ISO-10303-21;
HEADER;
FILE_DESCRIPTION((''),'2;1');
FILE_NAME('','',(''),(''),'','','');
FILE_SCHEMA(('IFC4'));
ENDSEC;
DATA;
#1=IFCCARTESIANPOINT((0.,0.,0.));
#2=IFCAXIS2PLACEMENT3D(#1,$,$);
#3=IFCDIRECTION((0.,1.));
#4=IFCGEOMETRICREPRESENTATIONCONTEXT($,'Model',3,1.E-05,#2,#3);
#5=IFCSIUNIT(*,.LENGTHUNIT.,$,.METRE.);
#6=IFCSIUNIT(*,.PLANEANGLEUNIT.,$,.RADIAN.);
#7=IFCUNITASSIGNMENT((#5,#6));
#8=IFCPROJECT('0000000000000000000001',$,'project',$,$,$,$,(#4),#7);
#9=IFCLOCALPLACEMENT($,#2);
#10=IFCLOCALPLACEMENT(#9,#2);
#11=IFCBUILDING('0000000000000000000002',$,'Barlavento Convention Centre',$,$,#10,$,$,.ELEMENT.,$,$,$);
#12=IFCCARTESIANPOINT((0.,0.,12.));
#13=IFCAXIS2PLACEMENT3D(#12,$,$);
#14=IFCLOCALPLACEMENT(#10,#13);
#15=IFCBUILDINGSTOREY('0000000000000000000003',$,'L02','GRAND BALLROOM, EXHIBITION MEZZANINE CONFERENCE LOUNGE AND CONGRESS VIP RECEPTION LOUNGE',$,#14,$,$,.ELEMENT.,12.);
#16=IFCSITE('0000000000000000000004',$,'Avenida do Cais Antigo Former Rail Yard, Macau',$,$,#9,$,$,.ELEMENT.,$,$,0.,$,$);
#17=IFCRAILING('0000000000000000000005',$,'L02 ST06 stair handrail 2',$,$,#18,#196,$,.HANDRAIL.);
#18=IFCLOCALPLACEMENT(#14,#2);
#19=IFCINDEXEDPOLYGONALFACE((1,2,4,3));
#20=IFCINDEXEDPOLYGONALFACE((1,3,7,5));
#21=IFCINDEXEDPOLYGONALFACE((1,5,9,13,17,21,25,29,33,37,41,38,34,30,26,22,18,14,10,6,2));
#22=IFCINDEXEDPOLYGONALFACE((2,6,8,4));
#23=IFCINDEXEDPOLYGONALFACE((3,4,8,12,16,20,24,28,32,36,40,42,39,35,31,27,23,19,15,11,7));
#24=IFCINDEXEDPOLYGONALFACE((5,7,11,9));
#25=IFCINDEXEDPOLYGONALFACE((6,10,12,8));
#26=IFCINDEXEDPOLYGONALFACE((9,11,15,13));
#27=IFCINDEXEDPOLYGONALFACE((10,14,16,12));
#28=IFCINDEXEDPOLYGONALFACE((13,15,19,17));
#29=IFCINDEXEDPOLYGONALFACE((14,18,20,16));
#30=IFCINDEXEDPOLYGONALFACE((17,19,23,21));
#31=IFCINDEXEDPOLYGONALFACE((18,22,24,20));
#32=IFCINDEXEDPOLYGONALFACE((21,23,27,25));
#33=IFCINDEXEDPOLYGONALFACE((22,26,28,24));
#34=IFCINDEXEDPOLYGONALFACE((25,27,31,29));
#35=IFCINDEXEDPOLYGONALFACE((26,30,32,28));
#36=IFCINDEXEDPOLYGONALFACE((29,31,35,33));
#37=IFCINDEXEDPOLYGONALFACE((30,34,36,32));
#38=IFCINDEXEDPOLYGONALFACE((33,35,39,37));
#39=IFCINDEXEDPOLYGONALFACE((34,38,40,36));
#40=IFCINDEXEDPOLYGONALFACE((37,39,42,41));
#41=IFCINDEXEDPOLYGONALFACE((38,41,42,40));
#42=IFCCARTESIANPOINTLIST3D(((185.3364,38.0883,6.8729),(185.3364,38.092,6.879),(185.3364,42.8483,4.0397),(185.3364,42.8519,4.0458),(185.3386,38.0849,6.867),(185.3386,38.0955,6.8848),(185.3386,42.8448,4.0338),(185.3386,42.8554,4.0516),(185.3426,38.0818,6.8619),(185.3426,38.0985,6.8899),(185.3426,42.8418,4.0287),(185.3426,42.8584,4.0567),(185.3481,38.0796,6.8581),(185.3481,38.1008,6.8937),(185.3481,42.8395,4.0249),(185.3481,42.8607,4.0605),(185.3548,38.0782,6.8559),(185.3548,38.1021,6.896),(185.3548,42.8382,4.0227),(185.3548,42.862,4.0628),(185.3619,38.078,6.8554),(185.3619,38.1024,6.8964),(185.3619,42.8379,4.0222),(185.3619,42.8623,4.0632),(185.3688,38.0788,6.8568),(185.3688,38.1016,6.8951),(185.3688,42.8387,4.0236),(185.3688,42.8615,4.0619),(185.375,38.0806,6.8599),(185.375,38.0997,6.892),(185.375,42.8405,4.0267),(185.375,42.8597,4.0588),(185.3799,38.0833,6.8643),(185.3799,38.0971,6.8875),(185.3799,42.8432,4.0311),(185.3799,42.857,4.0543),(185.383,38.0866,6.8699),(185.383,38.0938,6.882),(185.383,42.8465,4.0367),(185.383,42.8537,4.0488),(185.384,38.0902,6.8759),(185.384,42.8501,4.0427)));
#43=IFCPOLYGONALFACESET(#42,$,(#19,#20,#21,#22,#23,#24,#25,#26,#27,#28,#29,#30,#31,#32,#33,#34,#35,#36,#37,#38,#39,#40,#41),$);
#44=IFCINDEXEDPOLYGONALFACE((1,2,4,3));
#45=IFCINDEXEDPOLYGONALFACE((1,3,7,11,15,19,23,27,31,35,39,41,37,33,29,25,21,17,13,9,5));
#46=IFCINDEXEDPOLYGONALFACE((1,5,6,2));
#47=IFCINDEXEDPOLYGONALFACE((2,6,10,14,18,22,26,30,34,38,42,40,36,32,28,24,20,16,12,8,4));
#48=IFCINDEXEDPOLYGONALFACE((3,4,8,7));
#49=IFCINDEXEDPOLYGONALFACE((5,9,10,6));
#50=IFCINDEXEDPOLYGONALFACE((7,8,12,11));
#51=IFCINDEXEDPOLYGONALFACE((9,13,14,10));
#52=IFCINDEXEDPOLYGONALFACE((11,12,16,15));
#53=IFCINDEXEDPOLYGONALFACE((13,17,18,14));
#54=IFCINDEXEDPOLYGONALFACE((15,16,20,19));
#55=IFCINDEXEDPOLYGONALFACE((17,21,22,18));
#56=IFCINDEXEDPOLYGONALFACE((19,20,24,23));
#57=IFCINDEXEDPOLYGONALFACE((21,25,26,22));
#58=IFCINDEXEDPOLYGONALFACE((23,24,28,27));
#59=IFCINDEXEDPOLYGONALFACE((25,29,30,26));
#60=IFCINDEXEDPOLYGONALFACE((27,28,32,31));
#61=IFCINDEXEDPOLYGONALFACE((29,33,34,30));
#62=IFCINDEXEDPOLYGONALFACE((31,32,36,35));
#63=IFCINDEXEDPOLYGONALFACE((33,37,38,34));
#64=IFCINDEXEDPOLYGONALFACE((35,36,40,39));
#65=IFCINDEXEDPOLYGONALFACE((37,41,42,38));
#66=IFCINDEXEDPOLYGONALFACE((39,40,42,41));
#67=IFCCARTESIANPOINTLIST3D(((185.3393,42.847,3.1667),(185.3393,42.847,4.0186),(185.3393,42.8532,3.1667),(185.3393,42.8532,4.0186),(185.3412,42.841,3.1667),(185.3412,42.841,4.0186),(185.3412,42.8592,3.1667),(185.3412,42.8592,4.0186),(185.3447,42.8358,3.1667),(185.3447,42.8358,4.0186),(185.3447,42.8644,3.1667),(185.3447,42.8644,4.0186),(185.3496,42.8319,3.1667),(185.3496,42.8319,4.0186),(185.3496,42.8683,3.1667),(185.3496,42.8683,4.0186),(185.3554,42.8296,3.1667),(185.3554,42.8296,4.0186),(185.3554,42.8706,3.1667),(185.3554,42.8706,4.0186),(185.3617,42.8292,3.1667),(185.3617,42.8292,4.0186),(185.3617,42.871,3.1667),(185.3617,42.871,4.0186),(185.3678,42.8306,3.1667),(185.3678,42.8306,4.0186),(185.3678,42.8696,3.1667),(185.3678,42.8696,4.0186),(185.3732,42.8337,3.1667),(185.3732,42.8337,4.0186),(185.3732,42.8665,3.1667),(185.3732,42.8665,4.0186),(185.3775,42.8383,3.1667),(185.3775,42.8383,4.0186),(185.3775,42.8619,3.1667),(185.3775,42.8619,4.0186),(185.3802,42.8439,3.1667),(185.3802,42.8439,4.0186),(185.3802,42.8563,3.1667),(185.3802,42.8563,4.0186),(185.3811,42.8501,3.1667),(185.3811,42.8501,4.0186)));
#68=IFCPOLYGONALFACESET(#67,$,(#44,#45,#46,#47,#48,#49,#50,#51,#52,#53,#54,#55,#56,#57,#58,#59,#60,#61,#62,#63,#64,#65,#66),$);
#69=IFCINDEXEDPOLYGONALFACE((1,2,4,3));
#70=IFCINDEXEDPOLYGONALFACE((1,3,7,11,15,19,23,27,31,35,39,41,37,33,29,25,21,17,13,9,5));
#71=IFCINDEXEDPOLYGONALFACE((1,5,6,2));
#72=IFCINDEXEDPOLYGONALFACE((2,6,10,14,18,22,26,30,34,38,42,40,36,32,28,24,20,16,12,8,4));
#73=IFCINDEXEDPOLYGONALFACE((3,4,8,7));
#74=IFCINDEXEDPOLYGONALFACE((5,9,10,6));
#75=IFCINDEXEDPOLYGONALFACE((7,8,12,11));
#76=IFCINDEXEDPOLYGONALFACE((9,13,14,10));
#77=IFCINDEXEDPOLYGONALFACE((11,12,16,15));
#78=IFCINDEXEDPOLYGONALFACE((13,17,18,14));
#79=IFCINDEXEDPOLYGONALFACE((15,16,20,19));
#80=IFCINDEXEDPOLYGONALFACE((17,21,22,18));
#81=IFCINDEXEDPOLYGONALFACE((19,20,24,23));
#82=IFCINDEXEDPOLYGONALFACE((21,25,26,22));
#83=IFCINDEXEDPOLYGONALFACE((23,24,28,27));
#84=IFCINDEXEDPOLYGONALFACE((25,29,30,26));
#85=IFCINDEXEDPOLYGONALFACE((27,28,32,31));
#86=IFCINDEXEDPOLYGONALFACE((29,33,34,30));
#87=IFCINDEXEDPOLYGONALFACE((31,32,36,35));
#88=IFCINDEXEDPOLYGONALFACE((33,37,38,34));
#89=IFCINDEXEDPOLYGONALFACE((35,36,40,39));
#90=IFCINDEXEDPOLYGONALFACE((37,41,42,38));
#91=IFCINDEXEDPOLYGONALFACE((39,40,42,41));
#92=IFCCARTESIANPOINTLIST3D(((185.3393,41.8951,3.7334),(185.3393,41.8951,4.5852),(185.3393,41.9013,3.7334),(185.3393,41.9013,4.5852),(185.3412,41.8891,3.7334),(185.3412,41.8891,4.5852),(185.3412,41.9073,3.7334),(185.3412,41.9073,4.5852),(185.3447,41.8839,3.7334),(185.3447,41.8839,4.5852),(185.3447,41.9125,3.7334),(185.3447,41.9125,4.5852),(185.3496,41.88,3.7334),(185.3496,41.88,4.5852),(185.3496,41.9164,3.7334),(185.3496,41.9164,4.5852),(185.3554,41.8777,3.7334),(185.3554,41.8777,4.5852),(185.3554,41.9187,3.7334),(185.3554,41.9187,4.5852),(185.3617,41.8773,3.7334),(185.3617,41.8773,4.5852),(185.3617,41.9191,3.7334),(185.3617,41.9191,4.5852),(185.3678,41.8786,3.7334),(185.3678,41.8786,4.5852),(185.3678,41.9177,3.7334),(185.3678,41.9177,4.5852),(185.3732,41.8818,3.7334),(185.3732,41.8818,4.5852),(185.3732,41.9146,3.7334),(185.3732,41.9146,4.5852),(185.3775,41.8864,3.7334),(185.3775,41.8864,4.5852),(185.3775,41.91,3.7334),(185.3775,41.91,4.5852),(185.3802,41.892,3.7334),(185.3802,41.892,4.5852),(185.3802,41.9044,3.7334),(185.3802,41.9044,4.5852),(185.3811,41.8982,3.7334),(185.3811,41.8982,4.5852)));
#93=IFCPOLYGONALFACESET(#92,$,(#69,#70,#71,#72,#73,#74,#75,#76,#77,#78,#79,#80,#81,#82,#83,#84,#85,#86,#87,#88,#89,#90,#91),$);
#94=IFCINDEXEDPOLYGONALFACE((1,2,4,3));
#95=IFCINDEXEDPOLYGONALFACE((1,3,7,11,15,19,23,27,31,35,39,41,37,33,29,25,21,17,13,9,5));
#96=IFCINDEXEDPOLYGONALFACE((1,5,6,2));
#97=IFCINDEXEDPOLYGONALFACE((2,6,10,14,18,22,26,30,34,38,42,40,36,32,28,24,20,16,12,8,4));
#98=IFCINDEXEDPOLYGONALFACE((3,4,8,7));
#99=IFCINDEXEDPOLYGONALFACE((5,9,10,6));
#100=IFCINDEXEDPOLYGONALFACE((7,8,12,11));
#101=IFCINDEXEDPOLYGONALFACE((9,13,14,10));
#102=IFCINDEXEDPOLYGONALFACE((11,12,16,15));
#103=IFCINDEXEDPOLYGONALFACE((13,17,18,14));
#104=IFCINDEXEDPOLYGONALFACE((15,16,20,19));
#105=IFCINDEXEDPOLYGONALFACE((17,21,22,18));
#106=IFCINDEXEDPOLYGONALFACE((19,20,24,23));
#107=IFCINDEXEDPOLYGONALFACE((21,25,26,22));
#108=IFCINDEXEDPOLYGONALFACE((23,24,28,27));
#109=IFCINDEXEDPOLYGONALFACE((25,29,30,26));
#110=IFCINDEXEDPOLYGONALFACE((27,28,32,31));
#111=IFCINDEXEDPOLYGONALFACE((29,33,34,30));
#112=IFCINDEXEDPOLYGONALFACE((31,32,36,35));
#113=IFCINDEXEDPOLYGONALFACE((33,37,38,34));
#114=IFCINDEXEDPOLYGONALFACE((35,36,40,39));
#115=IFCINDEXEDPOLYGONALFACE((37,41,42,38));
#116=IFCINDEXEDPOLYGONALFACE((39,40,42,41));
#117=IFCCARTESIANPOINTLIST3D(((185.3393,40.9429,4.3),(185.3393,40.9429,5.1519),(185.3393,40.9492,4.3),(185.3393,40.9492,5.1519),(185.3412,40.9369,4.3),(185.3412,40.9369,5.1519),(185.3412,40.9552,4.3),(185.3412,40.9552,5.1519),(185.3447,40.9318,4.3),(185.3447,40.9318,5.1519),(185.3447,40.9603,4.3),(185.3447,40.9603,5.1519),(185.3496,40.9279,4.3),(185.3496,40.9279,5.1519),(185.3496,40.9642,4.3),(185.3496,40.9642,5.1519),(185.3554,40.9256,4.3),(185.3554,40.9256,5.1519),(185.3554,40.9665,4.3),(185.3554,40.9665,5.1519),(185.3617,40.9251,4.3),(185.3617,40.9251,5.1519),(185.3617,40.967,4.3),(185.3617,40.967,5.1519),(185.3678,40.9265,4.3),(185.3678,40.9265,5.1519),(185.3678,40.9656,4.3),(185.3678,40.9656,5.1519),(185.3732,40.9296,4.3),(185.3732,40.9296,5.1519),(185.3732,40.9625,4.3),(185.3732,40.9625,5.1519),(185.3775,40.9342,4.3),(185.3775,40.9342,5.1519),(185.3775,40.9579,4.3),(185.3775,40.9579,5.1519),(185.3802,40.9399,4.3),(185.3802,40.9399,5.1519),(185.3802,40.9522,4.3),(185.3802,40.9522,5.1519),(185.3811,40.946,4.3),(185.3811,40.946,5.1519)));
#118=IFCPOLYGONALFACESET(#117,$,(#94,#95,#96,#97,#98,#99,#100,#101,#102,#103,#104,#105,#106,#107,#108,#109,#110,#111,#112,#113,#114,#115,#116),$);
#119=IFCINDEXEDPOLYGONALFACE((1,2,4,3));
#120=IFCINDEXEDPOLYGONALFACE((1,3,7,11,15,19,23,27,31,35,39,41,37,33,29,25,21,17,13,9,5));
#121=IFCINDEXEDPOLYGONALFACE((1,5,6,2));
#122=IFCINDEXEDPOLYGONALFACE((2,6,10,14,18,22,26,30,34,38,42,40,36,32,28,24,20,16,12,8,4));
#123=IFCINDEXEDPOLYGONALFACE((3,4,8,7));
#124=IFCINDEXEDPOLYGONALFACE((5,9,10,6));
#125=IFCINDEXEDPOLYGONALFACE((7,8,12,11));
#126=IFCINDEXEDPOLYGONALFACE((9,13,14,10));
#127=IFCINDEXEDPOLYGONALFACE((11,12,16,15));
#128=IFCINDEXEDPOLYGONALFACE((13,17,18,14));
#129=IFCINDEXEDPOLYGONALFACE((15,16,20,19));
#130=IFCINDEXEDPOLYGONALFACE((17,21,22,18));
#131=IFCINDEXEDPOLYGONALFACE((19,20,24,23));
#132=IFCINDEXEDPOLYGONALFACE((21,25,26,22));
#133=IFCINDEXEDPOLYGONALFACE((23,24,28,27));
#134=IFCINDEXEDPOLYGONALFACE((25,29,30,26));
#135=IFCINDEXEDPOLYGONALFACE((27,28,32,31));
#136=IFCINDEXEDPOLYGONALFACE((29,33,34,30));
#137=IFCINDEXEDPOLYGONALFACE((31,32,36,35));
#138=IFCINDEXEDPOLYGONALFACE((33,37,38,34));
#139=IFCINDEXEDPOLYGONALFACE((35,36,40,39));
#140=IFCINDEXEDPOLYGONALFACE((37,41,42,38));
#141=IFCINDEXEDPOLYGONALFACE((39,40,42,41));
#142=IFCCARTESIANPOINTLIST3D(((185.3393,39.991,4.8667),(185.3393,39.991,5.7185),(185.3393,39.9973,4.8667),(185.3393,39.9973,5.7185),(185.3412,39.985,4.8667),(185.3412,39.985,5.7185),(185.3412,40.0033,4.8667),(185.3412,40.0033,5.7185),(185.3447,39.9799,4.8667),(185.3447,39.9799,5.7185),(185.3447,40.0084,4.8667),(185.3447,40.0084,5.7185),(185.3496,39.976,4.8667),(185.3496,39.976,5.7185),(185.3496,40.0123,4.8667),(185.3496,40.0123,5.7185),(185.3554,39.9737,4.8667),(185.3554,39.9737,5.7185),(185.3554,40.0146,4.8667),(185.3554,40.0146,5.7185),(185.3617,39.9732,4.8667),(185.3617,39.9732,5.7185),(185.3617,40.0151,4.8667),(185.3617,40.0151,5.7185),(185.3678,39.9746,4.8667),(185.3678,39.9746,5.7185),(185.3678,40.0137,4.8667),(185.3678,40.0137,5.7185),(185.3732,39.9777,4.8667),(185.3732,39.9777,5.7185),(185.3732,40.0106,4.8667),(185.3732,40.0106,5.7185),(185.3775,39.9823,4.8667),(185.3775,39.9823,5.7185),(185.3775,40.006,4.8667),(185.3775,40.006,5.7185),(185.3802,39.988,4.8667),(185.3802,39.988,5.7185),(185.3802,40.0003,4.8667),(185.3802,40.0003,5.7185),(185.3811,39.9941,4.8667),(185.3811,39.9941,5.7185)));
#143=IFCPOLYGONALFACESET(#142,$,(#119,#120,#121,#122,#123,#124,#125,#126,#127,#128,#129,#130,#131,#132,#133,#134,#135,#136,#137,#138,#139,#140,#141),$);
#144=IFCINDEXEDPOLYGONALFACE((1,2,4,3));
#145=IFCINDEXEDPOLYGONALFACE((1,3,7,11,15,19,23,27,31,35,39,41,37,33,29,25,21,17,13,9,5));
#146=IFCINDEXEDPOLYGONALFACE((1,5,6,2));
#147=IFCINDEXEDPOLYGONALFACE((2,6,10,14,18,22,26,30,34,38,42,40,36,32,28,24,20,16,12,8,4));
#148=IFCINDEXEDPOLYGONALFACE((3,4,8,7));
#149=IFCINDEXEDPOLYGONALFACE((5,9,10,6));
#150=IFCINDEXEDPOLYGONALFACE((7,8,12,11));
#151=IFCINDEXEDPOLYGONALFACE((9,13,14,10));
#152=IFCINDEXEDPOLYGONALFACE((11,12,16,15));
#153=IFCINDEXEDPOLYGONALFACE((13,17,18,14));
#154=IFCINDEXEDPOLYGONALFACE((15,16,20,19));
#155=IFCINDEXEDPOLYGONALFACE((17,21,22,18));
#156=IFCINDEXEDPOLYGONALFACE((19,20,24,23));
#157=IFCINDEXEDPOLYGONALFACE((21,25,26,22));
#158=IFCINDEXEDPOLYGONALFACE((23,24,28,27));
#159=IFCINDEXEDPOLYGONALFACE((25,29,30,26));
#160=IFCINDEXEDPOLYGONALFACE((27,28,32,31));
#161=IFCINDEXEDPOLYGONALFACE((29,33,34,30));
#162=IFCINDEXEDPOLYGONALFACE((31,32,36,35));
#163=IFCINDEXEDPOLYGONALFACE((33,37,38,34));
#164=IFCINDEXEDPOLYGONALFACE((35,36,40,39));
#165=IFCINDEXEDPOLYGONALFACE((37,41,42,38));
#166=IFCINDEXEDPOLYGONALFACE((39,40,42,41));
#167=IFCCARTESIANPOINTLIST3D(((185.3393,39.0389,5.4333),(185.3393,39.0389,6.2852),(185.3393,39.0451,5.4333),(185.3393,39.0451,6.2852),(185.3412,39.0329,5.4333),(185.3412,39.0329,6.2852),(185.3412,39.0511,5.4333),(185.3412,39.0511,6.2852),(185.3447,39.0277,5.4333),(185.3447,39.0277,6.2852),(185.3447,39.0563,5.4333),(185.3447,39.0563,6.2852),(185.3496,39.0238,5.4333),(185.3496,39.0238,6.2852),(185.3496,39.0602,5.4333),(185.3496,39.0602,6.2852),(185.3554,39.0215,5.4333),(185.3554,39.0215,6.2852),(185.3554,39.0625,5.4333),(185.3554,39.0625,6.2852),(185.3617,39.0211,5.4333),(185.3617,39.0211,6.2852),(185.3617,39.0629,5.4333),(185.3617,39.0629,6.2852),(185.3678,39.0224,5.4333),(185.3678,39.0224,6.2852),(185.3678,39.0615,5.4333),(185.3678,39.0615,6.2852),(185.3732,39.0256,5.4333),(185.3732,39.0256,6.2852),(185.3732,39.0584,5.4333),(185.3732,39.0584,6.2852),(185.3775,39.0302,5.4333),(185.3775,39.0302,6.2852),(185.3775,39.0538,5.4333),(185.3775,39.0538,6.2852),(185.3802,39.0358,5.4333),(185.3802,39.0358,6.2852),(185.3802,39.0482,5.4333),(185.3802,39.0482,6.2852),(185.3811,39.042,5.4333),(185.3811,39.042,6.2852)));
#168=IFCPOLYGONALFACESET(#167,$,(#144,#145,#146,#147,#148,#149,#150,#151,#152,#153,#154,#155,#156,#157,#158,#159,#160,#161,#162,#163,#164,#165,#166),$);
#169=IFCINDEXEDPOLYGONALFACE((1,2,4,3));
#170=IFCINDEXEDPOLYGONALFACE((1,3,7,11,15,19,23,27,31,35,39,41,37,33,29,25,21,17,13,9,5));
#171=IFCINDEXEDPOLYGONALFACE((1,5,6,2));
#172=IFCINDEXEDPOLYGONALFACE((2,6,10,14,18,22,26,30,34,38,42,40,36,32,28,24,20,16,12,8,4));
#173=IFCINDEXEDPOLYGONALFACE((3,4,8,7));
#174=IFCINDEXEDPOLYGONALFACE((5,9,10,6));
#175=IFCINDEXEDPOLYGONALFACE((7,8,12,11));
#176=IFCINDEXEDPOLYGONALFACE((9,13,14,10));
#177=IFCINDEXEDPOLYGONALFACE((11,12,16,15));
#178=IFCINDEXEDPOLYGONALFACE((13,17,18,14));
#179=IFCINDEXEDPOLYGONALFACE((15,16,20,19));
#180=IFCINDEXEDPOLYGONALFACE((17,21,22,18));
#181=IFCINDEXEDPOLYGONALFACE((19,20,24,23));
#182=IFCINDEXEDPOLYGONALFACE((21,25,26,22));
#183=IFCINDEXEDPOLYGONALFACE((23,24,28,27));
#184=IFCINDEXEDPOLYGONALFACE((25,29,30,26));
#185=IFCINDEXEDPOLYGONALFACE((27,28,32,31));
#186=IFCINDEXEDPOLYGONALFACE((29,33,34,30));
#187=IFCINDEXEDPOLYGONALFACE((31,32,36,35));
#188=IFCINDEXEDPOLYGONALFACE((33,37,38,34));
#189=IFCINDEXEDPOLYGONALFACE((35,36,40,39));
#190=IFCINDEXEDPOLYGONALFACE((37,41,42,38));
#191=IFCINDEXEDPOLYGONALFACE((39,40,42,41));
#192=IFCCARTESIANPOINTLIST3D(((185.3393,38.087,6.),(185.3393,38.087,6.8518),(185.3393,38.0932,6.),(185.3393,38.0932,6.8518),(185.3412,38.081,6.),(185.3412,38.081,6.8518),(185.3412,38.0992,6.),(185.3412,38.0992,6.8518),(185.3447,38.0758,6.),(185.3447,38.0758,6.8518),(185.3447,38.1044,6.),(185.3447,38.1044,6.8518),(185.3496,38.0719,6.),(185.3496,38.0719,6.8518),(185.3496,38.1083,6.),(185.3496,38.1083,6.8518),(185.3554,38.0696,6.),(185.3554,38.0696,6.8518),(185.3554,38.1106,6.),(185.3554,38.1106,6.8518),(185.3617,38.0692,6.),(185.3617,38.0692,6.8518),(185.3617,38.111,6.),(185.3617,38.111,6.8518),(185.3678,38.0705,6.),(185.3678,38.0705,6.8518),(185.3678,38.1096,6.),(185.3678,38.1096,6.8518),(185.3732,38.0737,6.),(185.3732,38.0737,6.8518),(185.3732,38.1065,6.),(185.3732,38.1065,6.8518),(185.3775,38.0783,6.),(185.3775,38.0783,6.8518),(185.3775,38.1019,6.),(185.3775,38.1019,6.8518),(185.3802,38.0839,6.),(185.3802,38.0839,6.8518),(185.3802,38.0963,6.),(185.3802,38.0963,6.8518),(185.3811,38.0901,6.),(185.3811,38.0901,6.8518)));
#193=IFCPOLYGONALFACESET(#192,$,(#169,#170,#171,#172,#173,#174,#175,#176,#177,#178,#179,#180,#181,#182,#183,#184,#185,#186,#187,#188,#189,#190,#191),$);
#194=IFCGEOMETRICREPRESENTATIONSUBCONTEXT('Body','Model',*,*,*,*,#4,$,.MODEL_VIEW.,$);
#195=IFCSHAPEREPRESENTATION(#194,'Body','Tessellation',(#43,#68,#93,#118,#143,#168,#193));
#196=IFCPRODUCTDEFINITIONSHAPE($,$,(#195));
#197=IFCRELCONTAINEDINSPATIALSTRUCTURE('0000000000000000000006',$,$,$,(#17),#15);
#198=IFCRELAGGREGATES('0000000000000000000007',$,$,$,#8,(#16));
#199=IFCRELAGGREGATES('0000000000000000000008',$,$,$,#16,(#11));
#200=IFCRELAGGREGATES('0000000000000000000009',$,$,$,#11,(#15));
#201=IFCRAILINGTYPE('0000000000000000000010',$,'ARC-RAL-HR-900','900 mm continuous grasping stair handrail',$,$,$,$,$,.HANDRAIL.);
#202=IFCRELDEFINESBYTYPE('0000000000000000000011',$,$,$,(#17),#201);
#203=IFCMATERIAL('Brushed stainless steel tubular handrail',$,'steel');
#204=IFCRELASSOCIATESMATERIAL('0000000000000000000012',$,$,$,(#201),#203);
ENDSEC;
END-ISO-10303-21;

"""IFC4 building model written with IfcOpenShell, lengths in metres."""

from ifc_helpers import new_model, si_unit, direction, frame, origin, origin_2d, place, context, subcontext, project, spatial, circle, extrude, material, type_object, element, save


model = new_model("IFC4")

# Units and contexts
model_context = context("Model", 3, precision=1e-05, world=origin(), true_north=direction((0.0, 1.0)))
body_context = subcontext(model_context, "Body", "Model", "MODEL_VIEW")
ifc_project = project(units=[si_unit("LENGTHUNIT", "METRE"), si_unit("PLANEANGLEUNIT", "RADIAN")], contexts=[model_context])

# Site, building, storey
site_placement = place(None, origin())
site = spatial("IfcSite", under=ifc_project, at=site_placement, Name="Avenida do Cais Antigo Former Rail Yard, Macau", CompositionType="ELEMENT", RefElevation=0.0)
building_placement = place(site_placement, origin())
building = spatial("IfcBuilding", under=site, at=building_placement, Name="Barlavento Convention Centre", CompositionType="ELEMENT")
storey_placement = place(building_placement, frame((0.0, 0.0, 12.0)))
storey = spatial("IfcBuildingStorey", under=building, at=storey_placement, Name="L02", Description="GRAND BALLROOM, EXHIBITION MEZZANINE CONFERENCE LOUNGE AND CONGRESS VIP RECEPTION LOUNGE", CompositionType="ELEMENT", Elevation=12.0)

# Railing
ifc_material_1 = material(Name="Brushed stainless steel tubular handrail", Category="steel")
railing_type_1 = type_object("IfcRailingType", Name="ARC-RAL-HR-900", Description="900 mm continuous grasping stair handrail", PredefinedType="HANDRAIL", material=ifc_material_1)
railing_1_placement = place(storey_placement, frame((185.3601, 42.8501, 3.1667)))
element("IfcRailing", 1, at=railing_1_placement, inside=storey, type_object=railing_type_1, Name="L02 ST06 stair handrail 2", PredefinedType="HANDRAIL", context=body_context, shape_type="SweptSolid", body=[
    extrude(circle(Radius=0.0239, at=origin_2d()), frame((0.0, 0.0, 0.876), z_axis=(0.0, -0.8593, 0.511472), x_axis=(1.0, 0.0, 0.0)), (0.0, 0.0, 1.0), 5.5393),
    extrude(circle(Radius=0.021, at=origin_2d()), origin(), (0.0, 0.0, 1.0), 0.8518),
    extrude(circle(Radius=0.021, at=origin_2d()), frame((0.0, -0.9519, 0.5667)), (0.0, 0.0, 1.0), 0.8518),
    extrude(circle(Radius=0.021, at=origin_2d()), frame((0.0, -1.9041, 1.1333)), (0.0, 0.0, 1.0), 0.8518),
    extrude(circle(Radius=0.021, at=origin_2d()), frame((0.0, -2.856, 1.7)), (0.0, 0.0, 1.0), 0.8518),
    extrude(circle(Radius=0.021, at=origin_2d()), frame((0.0, -3.8081, 2.2666)), (0.0, 0.0, 1.0), 0.8518),
    extrude(circle(Radius=0.021, at=origin_2d()), frame((0.0, -4.76, 2.8333)), (0.0, 0.0, 1.0), 0.8518),
])

save(model, "model.ifc")
